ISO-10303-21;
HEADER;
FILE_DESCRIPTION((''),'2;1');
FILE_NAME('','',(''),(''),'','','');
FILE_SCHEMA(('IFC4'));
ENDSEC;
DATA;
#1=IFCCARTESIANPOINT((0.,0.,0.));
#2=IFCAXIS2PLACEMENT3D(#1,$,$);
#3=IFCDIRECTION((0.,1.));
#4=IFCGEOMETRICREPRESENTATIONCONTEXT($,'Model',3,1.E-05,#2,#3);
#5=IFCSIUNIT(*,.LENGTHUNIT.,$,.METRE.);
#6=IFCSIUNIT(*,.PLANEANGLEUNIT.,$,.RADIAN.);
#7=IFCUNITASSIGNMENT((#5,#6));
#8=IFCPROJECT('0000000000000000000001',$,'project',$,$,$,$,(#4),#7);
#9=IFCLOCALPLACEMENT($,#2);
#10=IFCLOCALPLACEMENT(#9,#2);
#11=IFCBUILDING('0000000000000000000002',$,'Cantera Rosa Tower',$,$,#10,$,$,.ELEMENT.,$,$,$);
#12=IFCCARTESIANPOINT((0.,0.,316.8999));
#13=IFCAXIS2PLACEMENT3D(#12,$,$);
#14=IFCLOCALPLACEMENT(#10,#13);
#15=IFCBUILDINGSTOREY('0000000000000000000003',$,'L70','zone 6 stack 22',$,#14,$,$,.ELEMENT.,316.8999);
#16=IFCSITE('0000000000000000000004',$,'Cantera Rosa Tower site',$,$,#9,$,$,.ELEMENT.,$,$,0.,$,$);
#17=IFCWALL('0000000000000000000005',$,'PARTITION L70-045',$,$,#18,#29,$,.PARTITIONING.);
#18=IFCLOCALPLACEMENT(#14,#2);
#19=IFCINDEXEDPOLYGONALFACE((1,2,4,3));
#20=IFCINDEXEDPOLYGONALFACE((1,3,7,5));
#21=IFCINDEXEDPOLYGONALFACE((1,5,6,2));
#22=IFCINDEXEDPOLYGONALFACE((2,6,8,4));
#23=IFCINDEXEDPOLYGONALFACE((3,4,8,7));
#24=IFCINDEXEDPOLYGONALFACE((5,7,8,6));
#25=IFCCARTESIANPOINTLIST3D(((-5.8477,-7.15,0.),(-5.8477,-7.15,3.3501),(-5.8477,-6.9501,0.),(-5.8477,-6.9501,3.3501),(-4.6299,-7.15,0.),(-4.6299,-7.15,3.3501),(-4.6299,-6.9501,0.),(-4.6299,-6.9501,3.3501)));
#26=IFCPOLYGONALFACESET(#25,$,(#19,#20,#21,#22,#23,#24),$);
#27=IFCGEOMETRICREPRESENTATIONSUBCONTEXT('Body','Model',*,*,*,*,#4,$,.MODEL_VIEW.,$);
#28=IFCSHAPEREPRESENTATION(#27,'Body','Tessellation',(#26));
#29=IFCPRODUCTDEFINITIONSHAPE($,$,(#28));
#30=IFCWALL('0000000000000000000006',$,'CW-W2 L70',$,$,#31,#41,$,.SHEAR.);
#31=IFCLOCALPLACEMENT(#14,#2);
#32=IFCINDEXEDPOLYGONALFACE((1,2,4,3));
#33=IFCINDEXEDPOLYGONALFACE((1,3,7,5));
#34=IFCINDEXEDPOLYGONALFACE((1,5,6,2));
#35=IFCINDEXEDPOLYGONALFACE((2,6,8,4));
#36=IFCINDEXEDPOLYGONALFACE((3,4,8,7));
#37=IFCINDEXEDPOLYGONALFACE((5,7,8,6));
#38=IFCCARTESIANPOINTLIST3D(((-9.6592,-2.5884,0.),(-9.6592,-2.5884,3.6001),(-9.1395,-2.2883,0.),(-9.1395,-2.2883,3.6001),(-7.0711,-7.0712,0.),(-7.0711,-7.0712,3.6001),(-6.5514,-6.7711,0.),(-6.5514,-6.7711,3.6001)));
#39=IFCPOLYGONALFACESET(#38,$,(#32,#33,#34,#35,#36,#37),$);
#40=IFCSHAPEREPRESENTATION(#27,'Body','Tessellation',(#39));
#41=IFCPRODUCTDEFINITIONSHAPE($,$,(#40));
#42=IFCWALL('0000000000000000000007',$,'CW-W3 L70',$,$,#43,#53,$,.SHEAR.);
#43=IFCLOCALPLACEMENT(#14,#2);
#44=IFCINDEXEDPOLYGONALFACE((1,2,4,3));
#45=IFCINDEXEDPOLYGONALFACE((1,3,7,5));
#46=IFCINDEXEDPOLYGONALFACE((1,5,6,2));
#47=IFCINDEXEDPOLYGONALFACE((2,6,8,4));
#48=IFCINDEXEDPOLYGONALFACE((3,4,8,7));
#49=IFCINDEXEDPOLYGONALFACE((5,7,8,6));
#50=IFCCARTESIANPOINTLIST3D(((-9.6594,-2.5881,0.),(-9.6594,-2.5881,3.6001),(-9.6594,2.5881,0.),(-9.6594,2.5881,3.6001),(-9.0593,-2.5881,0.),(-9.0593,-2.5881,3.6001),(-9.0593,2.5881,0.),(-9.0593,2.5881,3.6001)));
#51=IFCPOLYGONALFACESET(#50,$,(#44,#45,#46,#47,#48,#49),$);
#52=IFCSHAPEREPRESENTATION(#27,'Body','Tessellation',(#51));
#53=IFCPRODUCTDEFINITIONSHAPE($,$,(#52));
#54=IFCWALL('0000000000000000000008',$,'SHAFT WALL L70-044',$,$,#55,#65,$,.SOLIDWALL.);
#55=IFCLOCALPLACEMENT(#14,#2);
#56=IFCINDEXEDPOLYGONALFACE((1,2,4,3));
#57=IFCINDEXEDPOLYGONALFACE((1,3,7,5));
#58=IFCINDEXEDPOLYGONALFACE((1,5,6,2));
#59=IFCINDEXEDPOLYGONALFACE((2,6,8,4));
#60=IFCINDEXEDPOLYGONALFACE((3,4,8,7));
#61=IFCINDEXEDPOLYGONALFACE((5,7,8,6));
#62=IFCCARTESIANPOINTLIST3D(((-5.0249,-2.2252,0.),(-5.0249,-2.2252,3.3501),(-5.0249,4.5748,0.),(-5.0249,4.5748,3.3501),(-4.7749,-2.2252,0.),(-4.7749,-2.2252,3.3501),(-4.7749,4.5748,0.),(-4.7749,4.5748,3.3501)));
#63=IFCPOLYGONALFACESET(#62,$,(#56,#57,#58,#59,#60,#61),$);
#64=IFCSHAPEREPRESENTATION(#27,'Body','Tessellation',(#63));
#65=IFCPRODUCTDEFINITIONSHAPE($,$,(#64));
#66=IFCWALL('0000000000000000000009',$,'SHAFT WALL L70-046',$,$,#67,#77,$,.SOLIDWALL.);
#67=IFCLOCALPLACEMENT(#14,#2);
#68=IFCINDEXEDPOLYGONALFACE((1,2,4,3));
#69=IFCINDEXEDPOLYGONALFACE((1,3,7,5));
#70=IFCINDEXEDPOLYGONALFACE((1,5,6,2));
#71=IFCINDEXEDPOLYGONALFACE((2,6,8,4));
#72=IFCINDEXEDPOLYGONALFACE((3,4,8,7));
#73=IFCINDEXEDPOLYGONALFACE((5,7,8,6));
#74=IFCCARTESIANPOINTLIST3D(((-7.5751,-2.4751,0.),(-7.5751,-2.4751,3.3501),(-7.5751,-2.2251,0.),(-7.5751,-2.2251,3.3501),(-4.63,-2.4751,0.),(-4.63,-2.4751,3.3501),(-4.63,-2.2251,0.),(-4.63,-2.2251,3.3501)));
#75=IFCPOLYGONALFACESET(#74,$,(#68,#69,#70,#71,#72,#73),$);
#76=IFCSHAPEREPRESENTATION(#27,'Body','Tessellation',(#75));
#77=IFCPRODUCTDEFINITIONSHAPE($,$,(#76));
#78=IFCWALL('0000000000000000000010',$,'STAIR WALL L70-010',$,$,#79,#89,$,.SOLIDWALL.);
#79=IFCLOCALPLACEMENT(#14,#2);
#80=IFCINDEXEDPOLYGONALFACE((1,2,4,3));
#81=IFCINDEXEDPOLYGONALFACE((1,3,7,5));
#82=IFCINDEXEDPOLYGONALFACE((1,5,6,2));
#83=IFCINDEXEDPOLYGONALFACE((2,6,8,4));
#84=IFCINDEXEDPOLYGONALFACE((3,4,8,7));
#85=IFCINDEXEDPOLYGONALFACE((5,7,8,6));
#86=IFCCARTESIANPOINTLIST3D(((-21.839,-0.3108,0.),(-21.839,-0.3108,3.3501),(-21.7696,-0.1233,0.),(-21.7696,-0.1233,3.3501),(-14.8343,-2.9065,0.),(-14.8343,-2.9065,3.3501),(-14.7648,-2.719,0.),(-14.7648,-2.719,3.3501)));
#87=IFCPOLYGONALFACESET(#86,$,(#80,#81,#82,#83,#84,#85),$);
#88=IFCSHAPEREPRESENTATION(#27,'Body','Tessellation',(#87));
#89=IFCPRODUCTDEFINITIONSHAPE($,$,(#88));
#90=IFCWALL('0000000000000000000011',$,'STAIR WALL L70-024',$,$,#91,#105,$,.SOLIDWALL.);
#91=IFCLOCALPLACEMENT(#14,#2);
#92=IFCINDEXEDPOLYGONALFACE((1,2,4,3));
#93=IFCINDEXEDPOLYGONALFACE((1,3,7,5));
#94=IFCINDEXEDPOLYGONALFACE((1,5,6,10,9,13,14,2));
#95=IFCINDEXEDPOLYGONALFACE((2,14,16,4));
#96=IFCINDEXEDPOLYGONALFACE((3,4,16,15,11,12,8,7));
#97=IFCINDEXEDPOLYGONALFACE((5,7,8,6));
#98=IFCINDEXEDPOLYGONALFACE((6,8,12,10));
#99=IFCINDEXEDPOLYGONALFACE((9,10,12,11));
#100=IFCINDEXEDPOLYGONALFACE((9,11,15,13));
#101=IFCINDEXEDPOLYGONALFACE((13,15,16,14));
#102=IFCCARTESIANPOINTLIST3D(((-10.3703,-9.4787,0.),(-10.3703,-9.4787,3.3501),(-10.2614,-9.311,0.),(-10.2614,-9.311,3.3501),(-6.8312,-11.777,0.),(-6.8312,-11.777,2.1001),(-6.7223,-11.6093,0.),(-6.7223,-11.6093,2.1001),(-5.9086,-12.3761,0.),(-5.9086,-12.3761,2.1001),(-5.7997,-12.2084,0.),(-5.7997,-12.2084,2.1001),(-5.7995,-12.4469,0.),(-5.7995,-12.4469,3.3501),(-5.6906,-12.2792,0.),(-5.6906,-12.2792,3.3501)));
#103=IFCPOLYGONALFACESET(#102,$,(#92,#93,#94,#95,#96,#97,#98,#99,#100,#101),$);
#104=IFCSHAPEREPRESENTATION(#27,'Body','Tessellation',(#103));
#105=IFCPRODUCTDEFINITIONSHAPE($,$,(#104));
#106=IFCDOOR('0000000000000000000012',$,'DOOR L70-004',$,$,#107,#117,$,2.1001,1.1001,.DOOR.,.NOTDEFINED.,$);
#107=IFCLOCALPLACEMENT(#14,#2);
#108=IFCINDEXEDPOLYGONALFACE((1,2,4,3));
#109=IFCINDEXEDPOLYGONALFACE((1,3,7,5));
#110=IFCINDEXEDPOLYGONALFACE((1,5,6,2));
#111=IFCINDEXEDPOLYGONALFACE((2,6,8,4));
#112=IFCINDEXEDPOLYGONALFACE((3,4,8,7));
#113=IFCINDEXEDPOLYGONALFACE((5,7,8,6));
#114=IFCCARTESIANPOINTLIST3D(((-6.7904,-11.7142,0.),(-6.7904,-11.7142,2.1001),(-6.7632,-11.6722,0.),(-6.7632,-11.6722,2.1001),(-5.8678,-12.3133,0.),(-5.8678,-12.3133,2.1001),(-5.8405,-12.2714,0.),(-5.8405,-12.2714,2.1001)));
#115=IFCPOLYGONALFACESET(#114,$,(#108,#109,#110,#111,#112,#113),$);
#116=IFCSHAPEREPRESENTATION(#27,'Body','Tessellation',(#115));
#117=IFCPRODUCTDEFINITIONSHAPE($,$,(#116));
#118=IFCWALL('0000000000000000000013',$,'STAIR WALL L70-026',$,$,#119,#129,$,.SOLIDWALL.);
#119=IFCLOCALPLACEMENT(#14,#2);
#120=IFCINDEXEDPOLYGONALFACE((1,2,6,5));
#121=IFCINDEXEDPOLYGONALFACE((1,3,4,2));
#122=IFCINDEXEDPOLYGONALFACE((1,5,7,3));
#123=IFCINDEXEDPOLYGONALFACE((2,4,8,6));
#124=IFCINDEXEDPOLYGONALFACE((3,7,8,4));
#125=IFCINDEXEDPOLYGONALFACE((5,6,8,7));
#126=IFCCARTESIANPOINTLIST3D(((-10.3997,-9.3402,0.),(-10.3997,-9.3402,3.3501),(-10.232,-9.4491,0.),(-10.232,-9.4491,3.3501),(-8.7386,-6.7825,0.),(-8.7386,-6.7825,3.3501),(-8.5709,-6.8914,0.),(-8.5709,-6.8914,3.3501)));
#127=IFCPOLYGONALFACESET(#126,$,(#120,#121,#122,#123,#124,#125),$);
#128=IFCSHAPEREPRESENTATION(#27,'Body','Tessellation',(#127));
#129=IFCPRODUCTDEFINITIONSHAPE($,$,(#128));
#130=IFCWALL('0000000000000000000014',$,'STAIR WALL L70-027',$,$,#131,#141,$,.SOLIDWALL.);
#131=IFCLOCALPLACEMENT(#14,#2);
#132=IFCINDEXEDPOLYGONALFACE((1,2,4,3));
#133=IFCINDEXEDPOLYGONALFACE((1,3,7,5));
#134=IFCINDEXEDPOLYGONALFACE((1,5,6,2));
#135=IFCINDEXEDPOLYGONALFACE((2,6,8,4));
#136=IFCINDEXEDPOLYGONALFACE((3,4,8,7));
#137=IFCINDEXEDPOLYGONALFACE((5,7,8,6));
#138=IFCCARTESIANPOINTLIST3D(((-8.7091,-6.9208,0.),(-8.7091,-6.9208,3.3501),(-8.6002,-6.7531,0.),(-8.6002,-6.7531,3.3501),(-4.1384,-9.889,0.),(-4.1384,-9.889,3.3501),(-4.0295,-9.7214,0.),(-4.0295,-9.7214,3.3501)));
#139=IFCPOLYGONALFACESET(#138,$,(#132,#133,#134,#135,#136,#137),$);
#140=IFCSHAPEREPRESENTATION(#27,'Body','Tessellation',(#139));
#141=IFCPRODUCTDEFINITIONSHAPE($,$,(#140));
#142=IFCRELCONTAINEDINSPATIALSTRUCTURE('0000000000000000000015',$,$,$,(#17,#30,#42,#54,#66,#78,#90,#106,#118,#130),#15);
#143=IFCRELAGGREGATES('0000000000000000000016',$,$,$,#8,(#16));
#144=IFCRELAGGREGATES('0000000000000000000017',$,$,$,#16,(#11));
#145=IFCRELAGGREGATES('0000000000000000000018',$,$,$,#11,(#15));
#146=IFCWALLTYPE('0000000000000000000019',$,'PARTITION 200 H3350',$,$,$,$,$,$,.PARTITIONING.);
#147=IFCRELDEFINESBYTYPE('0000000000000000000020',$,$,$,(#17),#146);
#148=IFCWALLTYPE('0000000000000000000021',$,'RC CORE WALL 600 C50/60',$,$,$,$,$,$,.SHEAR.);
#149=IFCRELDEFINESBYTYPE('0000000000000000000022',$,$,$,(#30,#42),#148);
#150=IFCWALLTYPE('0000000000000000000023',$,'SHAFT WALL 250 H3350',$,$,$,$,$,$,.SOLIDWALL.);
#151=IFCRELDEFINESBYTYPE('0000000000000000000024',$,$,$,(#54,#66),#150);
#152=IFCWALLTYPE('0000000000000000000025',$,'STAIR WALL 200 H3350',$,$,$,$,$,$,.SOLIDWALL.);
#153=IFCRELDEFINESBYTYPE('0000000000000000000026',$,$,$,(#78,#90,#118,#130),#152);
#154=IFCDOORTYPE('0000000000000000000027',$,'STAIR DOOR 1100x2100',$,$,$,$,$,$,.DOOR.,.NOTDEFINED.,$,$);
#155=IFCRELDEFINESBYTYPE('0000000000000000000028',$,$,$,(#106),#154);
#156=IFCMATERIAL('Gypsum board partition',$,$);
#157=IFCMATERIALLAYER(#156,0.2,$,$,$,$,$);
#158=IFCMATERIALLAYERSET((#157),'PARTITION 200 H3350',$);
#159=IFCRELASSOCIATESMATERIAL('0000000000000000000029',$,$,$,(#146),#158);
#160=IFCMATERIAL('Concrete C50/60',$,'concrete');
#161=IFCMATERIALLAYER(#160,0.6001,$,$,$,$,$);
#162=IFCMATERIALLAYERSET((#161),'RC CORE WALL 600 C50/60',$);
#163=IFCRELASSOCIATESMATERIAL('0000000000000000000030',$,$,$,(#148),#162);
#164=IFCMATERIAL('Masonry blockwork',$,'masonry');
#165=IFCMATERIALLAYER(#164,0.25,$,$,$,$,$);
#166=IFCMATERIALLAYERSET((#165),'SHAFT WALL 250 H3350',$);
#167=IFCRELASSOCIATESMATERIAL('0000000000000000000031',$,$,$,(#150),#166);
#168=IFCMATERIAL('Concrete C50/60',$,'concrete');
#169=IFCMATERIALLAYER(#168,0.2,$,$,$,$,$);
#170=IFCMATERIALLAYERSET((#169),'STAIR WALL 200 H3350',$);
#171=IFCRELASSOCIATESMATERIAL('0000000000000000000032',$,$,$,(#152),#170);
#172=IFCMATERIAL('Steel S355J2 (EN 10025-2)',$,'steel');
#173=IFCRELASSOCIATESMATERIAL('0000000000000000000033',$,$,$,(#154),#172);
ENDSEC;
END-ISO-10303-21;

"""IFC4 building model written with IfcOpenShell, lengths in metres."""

from ifc_helpers import new_model, si_unit, direction, frame, frame_2d, origin, place, context, subcontext, project, spatial, rectangle, extrude, material, layer, layer_set, type_object, element, fill, save


model = new_model("IFC4")

# Units and contexts
model_context = context("Model", 3, precision=1e-05, world=origin(), true_north=direction((0.0, 1.0)))
body_context = subcontext(model_context, "Body", "Model", "MODEL_VIEW")
ifc_project = project(units=[si_unit("LENGTHUNIT", "METRE"), si_unit("PLANEANGLEUNIT", "RADIAN")], contexts=[model_context])

# Site, building, storey
site_placement = place(None, origin())
site = spatial("IfcSite", under=ifc_project, at=site_placement, Name="Cantera Rosa Tower site", CompositionType="ELEMENT", RefElevation=0.0)
building_placement = place(site_placement, origin())
building = spatial("IfcBuilding", under=site, at=building_placement, Name="Cantera Rosa Tower", CompositionType="ELEMENT")
storey_placement = place(building_placement, frame((0.0, 0.0, 316.8999)))
storey = spatial("IfcBuildingStorey", under=building, at=storey_placement, Name="L70", Description="zone 6 stack 22", CompositionType="ELEMENT", Elevation=316.8999)

# Walls
ifc_material_1 = material(Name="Gypsum board partition")
ifc_layer_1 = layer(ifc_material_1, 0.2)
ifc_layer_set_1 = layer_set([ifc_layer_1], Name="PARTITION 200 H3350")
wall_type_1 = type_object("IfcWallType", Name="PARTITION 200 H3350", PredefinedType="PARTITIONING", material=ifc_layer_set_1)
wall_1_placement = place(storey_placement, frame((-4.6299, -7.05, 0.0), z_axis=(0.0, 0.0, 1.0), x_axis=(-1.0, 0.0, 0.0)))
element("IfcWall", 1, at=wall_1_placement, inside=storey, type_object=wall_type_1, Name="PARTITION L70-045", PredefinedType="PARTITIONING", context=body_context, shape_type="SweptSolid", body=[
    extrude(rectangle(XDim=1.2178, YDim=0.2, at=frame_2d((0.6089, 0.0))), origin(), (0.0, 0.0, 1.0), 3.3501),
])
ifc_material_2 = material(Name="Concrete C50/60", Category="concrete")
ifc_layer_2 = layer(ifc_material_2, 0.6001)
ifc_layer_set_2 = layer_set([ifc_layer_2], Name="RC CORE WALL 600 C50/60")
wall_type_2 = type_object("IfcWallType", Name="RC CORE WALL 600 C50/60", PredefinedType="SHEAR", material=ifc_layer_set_2)
for number, where, z_axis, x_axis, name in (
    (2, (-6.8113, -6.9211, 0.0), (0.0, 0.0, 1.0), (-0.499989, 0.866032, 0.0), "CW-W2 L70"),
    (3, (-9.3594, -2.5881, 0.0), (0.0, 0.0, 1.0), (0.0, 1.0, 0.0), "CW-W3 L70"),
):
    element("IfcWall", number, at=place(storey_placement, frame(where, z_axis=z_axis, x_axis=x_axis)), inside=storey, type_object=wall_type_2, Name=name, PredefinedType="SHEAR", context=body_context, shape_type="SweptSolid", body=[
        extrude(rectangle(XDim=5.1763, YDim=0.6001, at=frame_2d((2.5881, 0.0))), origin(), (0.0, 0.0, 1.0), 3.6001),
    ])
ifc_material_3 = material(Name="Masonry blockwork", Category="masonry")
ifc_layer_3 = layer(ifc_material_3, 0.25)
ifc_layer_set_3 = layer_set([ifc_layer_3], Name="SHAFT WALL 250 H3350")
wall_type_3 = type_object("IfcWallType", Name="SHAFT WALL 250 H3350", PredefinedType="SOLIDWALL", material=ifc_layer_set_3)
wall_2_placement = place(storey_placement, frame((-4.8999, -2.2251, 0.0), z_axis=(0.0, 0.0, 1.0), x_axis=(0.0, 1.0, 0.0)))
element("IfcWall", 4, at=wall_2_placement, inside=storey, type_object=wall_type_3, Name="SHAFT WALL L70-044", PredefinedType="SOLIDWALL", context=body_context, shape_type="SweptSolid", body=[
    extrude(rectangle(XDim=6.8, YDim=0.25, at=frame_2d((3.3999, 0.0))), origin(), (0.0, 0.0, 1.0), 3.3501),
])
wall_3_placement = place(storey_placement, frame((-4.6299, -2.3501, 0.0), z_axis=(0.0, 0.0, 1.0), x_axis=(-1.0, 0.0, 0.0)))
element("IfcWall", 5, at=wall_3_placement, inside=storey, type_object=wall_type_3, Name="SHAFT WALL L70-046", PredefinedType="SOLIDWALL", context=body_context, shape_type="SweptSolid", body=[
    extrude(rectangle(XDim=2.9451, YDim=0.25, at=frame_2d((1.4727, 0.0))), origin(), (0.0, 0.0, 1.0), 3.3501),
])
ifc_material_4 = material(Name="Concrete C50/60", Category="concrete")
ifc_layer_4 = layer(ifc_material_4, 0.2)
ifc_layer_set_4 = layer_set([ifc_layer_4], Name="STAIR WALL 200 H3350")
wall_type_4 = type_object("IfcWallType", Name="STAIR WALL 200 H3350", PredefinedType="SOLIDWALL", material=ifc_layer_set_4)
wall_4_placement = place(storey_placement, frame((-14.7996, -2.8127, 0.0), z_axis=(0.0, 0.0, 1.0), x_axis=(-0.937688, 0.347478, 0.0)))
element("IfcWall", 6, at=wall_4_placement, inside=storey, type_object=wall_type_4, Name="STAIR WALL L70-010", PredefinedType="SOLIDWALL", context=body_context, shape_type="SweptSolid", body=[
    extrude(rectangle(XDim=7.4702, YDim=0.2, at=frame_2d((3.7351, 0.0))), origin(), (0.0, 0.0, 1.0), 3.3501),
])

# Wall, opening, door
wall_5_placement = place(storey_placement, frame((-10.3159, -9.3948, 0.0), z_axis=(0.0, 0.0, 1.0), x_axis=(0.838675, -0.544632, 0.0)))
wall_5 = element("IfcWall", 7, at=wall_5_placement, inside=storey, type_object=wall_type_4, Name="STAIR WALL L70-024", PredefinedType="SOLIDWALL", context=body_context, shape_type="SweptSolid", body=[
    extrude(rectangle(XDim=5.45, YDim=0.2, at=frame_2d((2.7251, 0.0))), origin(), (0.0, 0.0, 1.0), 3.3501),
])
opening_placement = place(wall_5_placement, frame((4.22, 0.0, 0.0)))
opening = element("IfcOpeningElement", 8, at=opening_placement, cuts=wall_5, PredefinedType="OPENING", context=body_context, shape_type="SweptSolid", body=[
    extrude(rectangle(XDim=1.1001, YDim=2.1001, at=frame_2d((0.55, 1.05))), frame((0.0, 0.1099, 0.0), z_axis=(0.0, -1.0, 0.0), x_axis=(1.0, 0.0, 0.0)), (0.0, 0.0, 1.0), 0.22),
])
ifc_material_5 = material(Name="Steel S355J2 (EN 10025-2)", Category="steel")
door_type = type_object("IfcDoorType", Name="STAIR DOOR 1100x2100", OperationType="NOTDEFINED", PredefinedType="DOOR", material=ifc_material_5)
door_placement = place(opening_placement, origin())
door = element("IfcDoor", 9, at=door_placement, inside=storey, type_object=door_type, Name="DOOR L70-004", OperationType="NOTDEFINED", OverallHeight=2.1001, OverallWidth=1.1001, PredefinedType="DOOR", context=body_context, shape_type="SweptSolid", body=[
    extrude(rectangle(XDim=1.1001, YDim=2.1001, at=frame_2d((0.55, 1.05))), frame((0.0, 0.0249, 0.0), z_axis=(0.0, -1.0, 0.0), x_axis=(1.0, 0.0, 0.0)), (0.0, 0.0, 1.0), 0.05),
])
fill(opening, door)

# Walls
wall_6_placement = place(storey_placement, frame((-8.6548, -6.8369, 0.0), z_axis=(0.0, 0.0, 1.0), x_axis=(-0.544648, -0.838665, 0.0)))
element("IfcWall", 10, at=wall_6_placement, inside=storey, type_object=wall_type_4, Name="STAIR WALL L70-026", PredefinedType="SOLIDWALL", context=body_context, shape_type="SweptSolid", body=[
    extrude(rectangle(XDim=3.0498, YDim=0.2, at=frame_2d((1.5249, 0.0))), origin(), (0.0, 0.0, 1.0), 3.3501),
])
wall_7_placement = place(storey_placement, frame((-8.6548, -6.8369, 0.0), z_axis=(0.0, 0.0, 1.0), x_axis=(0.838675, -0.544632, 0.0)))
element("IfcWall", 11, at=wall_7_placement, inside=storey, type_object=wall_type_4, Name="STAIR WALL L70-027", PredefinedType="SOLIDWALL", context=body_context, shape_type="SweptSolid", body=[
    extrude(rectangle(XDim=5.45, YDim=0.2, at=frame_2d((2.7251, 0.0))), origin(), (0.0, 0.0, 1.0), 3.3501),
])

save(model, "model.ifc")
